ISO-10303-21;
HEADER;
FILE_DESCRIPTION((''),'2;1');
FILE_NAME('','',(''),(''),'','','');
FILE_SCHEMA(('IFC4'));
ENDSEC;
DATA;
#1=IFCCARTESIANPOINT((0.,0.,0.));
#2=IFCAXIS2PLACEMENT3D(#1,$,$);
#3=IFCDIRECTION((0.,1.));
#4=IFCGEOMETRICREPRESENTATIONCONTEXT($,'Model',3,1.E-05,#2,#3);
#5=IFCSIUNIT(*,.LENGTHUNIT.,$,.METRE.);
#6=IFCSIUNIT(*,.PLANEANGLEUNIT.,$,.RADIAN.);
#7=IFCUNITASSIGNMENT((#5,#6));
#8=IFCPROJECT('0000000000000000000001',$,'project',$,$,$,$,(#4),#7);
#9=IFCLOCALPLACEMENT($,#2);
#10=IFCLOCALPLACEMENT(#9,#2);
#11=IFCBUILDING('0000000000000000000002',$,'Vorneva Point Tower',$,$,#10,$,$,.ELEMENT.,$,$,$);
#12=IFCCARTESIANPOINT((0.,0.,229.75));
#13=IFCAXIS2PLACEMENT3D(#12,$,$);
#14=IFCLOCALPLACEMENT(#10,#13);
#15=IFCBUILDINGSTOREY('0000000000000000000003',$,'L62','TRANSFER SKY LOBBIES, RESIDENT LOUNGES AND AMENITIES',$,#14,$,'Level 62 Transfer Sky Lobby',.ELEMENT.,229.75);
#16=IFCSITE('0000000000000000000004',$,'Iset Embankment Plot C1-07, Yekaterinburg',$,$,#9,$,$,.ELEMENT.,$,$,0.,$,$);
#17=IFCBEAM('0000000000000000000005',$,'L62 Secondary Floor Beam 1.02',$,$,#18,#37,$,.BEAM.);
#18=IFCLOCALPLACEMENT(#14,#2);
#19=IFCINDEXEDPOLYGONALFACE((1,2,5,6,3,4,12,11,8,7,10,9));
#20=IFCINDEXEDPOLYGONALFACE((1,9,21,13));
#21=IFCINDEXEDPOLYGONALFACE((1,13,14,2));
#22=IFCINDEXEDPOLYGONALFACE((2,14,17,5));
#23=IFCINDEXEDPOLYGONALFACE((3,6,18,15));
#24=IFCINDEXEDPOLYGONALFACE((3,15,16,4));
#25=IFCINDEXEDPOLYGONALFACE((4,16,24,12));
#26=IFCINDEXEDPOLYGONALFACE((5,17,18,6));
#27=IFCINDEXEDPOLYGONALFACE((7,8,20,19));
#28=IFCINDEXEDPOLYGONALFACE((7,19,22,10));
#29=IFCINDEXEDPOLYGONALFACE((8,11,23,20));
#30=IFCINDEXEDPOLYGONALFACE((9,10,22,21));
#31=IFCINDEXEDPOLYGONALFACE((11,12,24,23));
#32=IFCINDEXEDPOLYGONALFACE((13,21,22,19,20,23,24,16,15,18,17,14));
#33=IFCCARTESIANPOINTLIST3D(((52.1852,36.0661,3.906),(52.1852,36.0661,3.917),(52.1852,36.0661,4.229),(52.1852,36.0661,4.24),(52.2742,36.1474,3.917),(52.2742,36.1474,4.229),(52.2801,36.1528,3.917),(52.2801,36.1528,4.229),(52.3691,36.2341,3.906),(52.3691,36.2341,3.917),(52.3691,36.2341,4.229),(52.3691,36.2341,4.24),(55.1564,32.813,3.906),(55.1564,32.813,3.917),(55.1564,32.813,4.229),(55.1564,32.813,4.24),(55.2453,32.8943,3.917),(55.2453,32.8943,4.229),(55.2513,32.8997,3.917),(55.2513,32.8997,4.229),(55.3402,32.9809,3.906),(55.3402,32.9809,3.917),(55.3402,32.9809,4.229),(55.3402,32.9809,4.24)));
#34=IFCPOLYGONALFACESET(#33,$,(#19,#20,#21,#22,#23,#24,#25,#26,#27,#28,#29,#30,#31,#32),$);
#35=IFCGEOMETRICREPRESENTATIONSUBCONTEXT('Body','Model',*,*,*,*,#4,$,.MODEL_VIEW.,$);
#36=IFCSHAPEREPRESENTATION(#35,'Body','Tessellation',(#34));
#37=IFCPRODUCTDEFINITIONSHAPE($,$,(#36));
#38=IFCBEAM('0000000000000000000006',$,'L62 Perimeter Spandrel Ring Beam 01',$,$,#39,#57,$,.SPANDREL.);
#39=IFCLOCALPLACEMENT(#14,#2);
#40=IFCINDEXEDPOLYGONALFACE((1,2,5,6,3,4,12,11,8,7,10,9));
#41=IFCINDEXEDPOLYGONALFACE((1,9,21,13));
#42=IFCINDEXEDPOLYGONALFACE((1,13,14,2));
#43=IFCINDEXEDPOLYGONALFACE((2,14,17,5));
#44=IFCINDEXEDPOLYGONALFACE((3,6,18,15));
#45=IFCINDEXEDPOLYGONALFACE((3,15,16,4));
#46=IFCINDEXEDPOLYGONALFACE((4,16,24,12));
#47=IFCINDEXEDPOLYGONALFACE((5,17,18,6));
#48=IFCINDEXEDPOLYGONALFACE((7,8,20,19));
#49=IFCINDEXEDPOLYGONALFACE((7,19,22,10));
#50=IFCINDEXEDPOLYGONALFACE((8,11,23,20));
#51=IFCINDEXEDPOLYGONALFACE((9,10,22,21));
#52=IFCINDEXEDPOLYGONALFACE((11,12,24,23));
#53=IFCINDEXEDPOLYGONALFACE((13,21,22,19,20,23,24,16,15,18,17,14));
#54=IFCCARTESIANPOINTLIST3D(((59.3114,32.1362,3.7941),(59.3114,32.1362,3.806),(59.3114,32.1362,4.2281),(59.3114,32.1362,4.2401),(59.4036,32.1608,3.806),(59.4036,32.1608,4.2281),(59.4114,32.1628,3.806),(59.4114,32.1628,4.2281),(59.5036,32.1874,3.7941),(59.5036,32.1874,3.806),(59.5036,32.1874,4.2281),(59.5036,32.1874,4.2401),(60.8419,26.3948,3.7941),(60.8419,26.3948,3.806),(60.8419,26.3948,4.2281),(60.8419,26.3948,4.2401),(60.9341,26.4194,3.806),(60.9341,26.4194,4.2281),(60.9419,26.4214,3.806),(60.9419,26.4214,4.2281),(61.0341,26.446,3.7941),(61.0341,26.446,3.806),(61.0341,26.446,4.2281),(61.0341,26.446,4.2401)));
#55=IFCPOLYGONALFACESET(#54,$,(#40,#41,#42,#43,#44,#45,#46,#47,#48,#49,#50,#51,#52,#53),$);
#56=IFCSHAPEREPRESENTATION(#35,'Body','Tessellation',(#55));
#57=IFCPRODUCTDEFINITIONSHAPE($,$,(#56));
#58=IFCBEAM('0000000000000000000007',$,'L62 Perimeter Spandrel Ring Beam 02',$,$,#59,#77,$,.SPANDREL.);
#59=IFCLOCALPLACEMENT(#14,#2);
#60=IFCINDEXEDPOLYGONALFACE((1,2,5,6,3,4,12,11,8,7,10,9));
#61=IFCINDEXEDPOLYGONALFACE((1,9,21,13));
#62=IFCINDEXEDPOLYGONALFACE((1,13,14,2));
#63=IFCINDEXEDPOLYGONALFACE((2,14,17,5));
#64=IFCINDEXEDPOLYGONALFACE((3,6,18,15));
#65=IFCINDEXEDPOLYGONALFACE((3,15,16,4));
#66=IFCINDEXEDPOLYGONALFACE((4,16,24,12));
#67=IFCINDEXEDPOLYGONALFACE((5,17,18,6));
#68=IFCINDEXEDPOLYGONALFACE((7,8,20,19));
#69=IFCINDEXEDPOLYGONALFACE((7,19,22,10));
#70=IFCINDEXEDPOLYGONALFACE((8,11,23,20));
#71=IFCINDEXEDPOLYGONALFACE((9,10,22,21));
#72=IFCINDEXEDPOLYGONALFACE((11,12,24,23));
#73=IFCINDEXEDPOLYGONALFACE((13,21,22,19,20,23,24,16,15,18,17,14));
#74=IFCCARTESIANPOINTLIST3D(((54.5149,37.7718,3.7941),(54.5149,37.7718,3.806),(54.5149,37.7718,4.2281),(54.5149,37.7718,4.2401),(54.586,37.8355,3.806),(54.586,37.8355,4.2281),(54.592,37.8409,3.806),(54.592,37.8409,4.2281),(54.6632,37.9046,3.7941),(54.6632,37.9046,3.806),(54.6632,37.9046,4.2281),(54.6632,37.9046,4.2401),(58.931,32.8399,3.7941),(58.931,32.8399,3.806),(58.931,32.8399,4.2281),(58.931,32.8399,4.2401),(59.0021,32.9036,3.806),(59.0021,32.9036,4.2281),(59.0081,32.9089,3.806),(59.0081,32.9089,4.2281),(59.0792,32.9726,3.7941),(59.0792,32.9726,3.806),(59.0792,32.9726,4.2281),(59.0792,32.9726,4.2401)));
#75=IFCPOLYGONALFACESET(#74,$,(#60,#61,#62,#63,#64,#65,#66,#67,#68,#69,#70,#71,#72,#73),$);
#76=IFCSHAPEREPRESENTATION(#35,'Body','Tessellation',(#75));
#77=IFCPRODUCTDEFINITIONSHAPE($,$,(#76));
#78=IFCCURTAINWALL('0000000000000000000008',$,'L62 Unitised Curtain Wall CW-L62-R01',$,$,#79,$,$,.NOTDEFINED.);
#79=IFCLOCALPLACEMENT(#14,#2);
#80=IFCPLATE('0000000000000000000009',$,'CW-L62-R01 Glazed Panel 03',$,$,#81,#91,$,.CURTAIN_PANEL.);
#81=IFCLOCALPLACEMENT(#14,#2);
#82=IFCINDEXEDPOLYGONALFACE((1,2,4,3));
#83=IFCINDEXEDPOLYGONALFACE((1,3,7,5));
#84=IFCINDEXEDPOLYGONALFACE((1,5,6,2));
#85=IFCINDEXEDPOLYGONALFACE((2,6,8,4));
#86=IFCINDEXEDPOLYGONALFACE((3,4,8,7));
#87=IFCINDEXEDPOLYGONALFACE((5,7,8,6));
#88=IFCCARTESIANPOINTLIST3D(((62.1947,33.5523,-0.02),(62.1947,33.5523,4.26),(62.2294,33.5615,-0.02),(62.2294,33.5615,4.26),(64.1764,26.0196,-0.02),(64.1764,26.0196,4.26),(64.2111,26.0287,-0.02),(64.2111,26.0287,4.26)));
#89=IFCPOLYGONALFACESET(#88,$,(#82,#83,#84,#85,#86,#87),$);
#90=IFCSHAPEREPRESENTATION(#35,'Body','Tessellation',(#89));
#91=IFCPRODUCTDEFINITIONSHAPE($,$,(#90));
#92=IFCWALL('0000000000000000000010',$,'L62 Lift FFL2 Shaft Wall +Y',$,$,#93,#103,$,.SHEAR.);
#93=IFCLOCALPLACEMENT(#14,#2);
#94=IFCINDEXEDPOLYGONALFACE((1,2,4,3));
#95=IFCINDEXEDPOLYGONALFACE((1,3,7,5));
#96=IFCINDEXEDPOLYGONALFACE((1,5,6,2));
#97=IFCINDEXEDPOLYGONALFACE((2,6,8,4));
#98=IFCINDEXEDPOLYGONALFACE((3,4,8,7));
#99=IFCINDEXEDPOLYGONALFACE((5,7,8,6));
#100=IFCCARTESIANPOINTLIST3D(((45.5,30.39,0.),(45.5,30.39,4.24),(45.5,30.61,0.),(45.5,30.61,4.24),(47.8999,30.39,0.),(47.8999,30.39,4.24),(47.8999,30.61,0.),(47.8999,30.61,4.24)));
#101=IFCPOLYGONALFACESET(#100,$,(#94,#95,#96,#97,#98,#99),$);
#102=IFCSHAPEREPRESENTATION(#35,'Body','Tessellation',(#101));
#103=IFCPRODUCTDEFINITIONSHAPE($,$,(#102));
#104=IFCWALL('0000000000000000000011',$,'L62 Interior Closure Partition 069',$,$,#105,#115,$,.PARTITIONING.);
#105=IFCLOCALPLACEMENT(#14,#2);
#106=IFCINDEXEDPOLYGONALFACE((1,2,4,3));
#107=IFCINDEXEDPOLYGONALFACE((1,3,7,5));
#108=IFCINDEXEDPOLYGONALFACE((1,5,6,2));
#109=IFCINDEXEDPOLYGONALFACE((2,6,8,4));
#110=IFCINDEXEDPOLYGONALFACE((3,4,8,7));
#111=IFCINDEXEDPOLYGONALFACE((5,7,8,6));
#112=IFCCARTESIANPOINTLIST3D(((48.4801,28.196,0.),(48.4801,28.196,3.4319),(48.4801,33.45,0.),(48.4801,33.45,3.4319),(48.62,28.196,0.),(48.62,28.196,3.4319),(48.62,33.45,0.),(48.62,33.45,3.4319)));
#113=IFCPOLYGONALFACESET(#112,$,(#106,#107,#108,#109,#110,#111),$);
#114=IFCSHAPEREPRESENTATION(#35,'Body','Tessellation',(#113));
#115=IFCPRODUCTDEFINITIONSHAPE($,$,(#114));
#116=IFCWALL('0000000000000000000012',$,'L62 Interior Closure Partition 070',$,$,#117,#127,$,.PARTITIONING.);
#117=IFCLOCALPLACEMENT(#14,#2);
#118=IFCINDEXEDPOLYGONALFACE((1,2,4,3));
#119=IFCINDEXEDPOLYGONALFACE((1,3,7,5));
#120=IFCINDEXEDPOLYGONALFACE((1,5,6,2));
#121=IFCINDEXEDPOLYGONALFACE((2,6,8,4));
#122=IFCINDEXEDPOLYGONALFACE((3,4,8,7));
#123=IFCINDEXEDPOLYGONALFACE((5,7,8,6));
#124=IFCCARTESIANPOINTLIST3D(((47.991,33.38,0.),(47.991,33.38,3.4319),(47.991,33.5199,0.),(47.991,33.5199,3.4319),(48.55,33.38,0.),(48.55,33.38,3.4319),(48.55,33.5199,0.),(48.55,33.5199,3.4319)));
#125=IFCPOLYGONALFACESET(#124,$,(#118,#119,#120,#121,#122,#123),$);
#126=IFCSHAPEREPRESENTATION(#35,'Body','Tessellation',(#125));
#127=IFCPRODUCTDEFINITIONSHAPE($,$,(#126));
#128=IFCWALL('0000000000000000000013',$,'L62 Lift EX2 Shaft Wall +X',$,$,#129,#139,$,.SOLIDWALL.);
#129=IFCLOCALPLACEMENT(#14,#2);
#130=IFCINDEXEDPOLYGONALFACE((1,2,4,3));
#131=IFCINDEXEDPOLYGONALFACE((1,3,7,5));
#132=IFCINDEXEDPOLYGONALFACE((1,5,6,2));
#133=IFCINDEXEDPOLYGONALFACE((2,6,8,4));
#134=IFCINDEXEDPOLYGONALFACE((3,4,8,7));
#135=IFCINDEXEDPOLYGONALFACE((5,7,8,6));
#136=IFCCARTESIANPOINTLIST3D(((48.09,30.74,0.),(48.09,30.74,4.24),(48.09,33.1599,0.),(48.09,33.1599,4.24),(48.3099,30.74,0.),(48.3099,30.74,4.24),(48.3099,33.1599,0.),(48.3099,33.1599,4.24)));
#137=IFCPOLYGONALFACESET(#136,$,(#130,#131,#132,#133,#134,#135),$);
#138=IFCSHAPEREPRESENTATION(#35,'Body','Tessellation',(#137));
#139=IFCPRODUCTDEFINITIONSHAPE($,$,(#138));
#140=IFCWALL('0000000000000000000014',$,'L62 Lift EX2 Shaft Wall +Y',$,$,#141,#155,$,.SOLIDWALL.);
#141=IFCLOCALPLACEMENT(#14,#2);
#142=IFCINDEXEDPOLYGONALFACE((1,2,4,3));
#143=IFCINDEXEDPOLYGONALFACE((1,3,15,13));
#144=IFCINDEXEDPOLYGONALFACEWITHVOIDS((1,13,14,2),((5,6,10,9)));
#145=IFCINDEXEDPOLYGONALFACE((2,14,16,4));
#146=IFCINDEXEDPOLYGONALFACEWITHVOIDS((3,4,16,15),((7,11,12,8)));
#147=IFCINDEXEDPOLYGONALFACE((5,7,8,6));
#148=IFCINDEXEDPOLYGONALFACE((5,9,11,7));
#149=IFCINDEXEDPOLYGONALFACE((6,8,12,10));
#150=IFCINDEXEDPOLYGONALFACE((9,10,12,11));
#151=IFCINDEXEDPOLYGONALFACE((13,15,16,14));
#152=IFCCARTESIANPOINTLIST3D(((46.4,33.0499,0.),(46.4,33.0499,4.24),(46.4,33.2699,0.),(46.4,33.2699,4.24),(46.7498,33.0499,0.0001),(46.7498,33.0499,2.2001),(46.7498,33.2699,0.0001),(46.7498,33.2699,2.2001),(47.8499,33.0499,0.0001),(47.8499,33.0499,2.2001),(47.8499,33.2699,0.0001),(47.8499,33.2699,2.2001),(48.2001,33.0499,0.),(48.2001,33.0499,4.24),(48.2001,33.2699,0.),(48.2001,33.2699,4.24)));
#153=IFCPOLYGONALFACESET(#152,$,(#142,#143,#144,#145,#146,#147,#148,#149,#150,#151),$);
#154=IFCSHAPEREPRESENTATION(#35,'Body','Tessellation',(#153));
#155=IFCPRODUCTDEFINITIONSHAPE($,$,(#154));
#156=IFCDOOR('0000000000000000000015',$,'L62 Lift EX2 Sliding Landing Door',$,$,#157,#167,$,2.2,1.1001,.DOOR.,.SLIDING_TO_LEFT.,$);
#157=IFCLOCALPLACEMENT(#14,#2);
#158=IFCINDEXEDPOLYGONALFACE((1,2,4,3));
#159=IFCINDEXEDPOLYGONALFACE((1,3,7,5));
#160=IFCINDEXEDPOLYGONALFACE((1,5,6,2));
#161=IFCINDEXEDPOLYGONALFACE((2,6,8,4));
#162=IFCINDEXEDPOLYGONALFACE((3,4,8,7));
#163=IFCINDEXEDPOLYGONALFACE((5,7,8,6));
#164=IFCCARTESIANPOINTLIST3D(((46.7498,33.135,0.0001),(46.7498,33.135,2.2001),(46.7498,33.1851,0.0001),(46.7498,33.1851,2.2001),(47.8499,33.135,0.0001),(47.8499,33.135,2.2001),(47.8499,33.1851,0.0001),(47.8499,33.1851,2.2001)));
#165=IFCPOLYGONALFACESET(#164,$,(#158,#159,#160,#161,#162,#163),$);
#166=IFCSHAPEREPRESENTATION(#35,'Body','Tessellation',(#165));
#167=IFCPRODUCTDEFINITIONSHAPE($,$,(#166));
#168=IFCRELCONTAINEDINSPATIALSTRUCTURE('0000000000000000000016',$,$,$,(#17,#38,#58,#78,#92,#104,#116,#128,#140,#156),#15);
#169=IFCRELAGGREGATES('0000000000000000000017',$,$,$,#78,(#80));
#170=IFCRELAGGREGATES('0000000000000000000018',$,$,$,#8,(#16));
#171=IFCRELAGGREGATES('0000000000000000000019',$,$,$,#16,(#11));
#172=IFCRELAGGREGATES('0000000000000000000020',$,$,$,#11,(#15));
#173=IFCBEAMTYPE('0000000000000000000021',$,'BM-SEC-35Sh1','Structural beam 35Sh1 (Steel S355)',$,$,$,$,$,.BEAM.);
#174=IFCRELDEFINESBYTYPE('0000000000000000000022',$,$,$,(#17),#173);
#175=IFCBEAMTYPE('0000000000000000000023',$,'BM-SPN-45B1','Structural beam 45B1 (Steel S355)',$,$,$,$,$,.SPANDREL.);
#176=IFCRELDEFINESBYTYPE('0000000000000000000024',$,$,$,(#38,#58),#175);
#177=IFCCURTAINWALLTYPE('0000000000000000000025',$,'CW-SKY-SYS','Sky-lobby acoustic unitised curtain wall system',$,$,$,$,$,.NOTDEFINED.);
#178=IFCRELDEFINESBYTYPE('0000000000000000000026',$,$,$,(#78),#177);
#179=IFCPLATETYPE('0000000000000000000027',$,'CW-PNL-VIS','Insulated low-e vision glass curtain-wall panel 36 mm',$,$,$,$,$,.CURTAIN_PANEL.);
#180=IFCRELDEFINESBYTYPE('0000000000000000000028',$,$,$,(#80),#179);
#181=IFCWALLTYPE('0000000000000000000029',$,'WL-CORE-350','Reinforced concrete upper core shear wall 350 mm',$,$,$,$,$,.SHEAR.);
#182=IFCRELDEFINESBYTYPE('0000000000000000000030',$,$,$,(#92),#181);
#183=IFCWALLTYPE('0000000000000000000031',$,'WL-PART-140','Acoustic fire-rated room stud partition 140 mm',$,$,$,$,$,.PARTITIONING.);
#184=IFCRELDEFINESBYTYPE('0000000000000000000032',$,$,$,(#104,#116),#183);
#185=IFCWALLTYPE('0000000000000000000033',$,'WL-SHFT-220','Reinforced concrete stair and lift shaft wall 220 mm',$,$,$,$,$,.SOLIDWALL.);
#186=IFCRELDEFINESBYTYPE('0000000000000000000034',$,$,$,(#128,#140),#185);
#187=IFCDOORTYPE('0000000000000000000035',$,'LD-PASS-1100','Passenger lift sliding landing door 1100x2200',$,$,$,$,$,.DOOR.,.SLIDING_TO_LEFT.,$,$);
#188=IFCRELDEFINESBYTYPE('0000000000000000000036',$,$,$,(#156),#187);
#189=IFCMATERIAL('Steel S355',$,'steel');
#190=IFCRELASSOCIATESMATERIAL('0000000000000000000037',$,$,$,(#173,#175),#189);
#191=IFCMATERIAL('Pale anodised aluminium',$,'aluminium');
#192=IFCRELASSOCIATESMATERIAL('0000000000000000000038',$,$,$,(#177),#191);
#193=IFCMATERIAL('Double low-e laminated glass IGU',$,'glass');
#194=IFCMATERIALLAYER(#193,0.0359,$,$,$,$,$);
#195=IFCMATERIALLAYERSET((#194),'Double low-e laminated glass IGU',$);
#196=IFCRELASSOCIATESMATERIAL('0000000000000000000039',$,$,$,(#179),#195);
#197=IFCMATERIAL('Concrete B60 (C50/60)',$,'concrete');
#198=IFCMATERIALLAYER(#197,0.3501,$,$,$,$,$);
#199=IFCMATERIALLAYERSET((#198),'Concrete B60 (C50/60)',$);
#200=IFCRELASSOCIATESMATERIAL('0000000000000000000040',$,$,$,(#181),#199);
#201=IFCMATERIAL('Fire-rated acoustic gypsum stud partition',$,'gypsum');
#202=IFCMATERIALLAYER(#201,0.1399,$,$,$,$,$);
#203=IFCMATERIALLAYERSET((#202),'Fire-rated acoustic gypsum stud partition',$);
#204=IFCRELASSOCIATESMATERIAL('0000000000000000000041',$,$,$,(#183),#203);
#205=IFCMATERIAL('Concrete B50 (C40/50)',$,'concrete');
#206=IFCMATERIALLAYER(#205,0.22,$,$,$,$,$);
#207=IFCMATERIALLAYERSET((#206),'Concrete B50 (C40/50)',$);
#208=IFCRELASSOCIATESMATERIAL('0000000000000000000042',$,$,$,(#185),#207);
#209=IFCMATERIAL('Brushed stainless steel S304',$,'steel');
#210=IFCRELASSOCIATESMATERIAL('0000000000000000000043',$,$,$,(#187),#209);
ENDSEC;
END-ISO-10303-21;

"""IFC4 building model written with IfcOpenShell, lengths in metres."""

from ifc_helpers import new_model, si_unit, direction, frame, frame_2d, origin, origin_2d, place, context, subcontext, project, spatial, rectangle, i_section, extrude, material, layer, layer_set, material_profile, profile_set, type_object, element, fill, aggregate, save


model = new_model("IFC4")

# Units and contexts
model_context = context("Model", 3, precision=1e-05, world=origin(), true_north=direction((0.0, 1.0)))
body_context = subcontext(model_context, "Body", "Model", "MODEL_VIEW")
ifc_project = project(units=[si_unit("LENGTHUNIT", "METRE"), si_unit("PLANEANGLEUNIT", "RADIAN")], contexts=[model_context])

# Site, building, storey
site_placement = place(None, origin())
site = spatial("IfcSite", under=ifc_project, at=site_placement, Name="Iset Embankment Plot C1-07, Yekaterinburg", CompositionType="ELEMENT", RefElevation=0.0)
building_placement = place(site_placement, origin())
building = spatial("IfcBuilding", under=site, at=building_placement, Name="Vorneva Point Tower", CompositionType="ELEMENT")
storey_placement = place(building_placement, frame((0.0, 0.0, 229.75)))
storey = spatial("IfcBuildingStorey", under=building, at=storey_placement, Name="L62", Description="TRANSFER SKY LOBBIES, RESIDENT LOUNGES AND AMENITIES", LongName="Level 62 Transfer Sky Lobby", CompositionType="ELEMENT", Elevation=229.75)

# Shared definitions
ifc_material_1 = material(Name="Concrete B50 (C40/50)", Category="concrete")

# Beams
ifc_material_2 = material(Name="Steel S355", Category="steel")
ifc_material_profile_1 = material_profile(ifc_material_2, i_section(OverallWidth=0.249, OverallDepth=0.334, WebThickness=0.0081, FlangeThickness=0.011, at=origin_2d()), Name="35Sh1")
ifc_profile_set_1 = profile_set([ifc_material_profile_1], Name="Steel S355")
beam_type_1 = type_object("IfcBeamType", Name="BM-SEC-35Sh1", Description="Structural beam 35Sh1 (Steel S355)", PredefinedType="BEAM", material=ifc_profile_set_1)
beam_1_placement = place(storey_placement, frame((55.2483, 32.897, 4.073), z_axis=(-0.674381, 0.738384, 0.0), x_axis=(-0.738384, -0.674381, 0.0)))
element("IfcBeam", 1, at=beam_1_placement, inside=storey, type_object=beam_type_1, Name="L62 Secondary Floor Beam 1.02", PredefinedType="BEAM", context=body_context, shape_type="SweptSolid", body=[
    extrude(i_section(OverallWidth=0.249, OverallDepth=0.334, WebThickness=0.0081, FlangeThickness=0.011, at=origin_2d()), origin(), (0.0, 0.0, 1.0), 4.4058),
])
ifc_material_profile_2 = material_profile(ifc_material_2, i_section(OverallWidth=0.199, OverallDepth=0.446, WebThickness=0.0081, FlangeThickness=0.012, at=origin_2d()), Name="45B1")
ifc_profile_set_2 = profile_set([ifc_material_profile_2], Name="Steel S355")
beam_type_2 = type_object("IfcBeamType", Name="BM-SPN-45B1", Description="Structural beam 45B1 (Steel S355)", PredefinedType="SPANDREL", material=ifc_profile_set_2)
beam_2_placement = place(storey_placement, frame((60.938, 26.4204, 4.0171), z_axis=(-0.257578, 0.966257, 0.0), x_axis=(-0.966257, -0.257578, 0.0)))
element("IfcBeam", 2, at=beam_2_placement, inside=storey, type_object=beam_type_2, Name="L62 Perimeter Spandrel Ring Beam 01", PredefinedType="SPANDREL", context=body_context, shape_type="SweptSolid", body=[
    extrude(i_section(OverallWidth=0.199, OverallDepth=0.446, WebThickness=0.0081, FlangeThickness=0.012, at=origin_2d()), origin(), (0.0, 0.0, 1.0), 5.9419),
])
beam_3_placement = place(storey_placement, frame((59.0051, 32.9062, 4.0171), z_axis=(-0.66707, 0.744995, 0.0), x_axis=(-0.744995, -0.66707, 0.0)))
element("IfcBeam", 3, at=beam_3_placement, inside=storey, type_object=beam_type_2, Name="L62 Perimeter Spandrel Ring Beam 02", PredefinedType="SPANDREL", context=body_context, shape_type="SweptSolid", body=[
    extrude(i_section(OverallWidth=0.199, OverallDepth=0.446, WebThickness=0.0081, FlangeThickness=0.012, at=origin_2d()), origin(), (0.0, 0.0, 1.0), 6.6201),
])

# Curtain wall, plate
ifc_material_3 = material(Name="Pale anodised aluminium", Category="aluminium")
curtain_wall_type = type_object("IfcCurtainWallType", Name="CW-SKY-SYS", Description="Sky-lobby acoustic unitised curtain wall system", PredefinedType="NOTDEFINED", material=ifc_material_3)
curtain_wall_placement = place(storey_placement, origin())
curtain_wall = element("IfcCurtainWall", 4, at=curtain_wall_placement, inside=storey, type_object=curtain_wall_type, Name="L62 Unitised Curtain Wall CW-L62-R01", PredefinedType="NOTDEFINED")
ifc_material_4 = material(Name="Double low-e laminated glass IGU", Category="glass")
ifc_layer_1 = layer(ifc_material_4, 0.0359)
ifc_layer_set_1 = layer_set([ifc_layer_1], Name="Double low-e laminated glass IGU")
plate_type = type_object("IfcPlateType", Name="CW-PNL-VIS", Description="Insulated low-e vision glass curtain-wall panel 36 mm", PredefinedType="CURTAIN_PANEL", material=ifc_layer_set_1)
plate_placement = place(storey_placement, frame((63.2029, 29.7905, -0.02), z_axis=(0.0, 0.0, 1.0), x_axis=(-0.254416, 0.967095, 0.0)))
plate = element("IfcPlate", 5, at=plate_placement, type_object=plate_type, Name="CW-L62-R01 Glazed Panel 03", PredefinedType="CURTAIN_PANEL", context=body_context, shape_type="SweptSolid", body=[
    extrude(rectangle(XDim=7.7891, YDim=0.0359, at=origin_2d()), origin(), (0.0, 0.0, 1.0), 4.28),
])
aggregate(curtain_wall, [plate])

# Walls
ifc_material_5 = material(Name="Concrete B60 (C50/60)", Category="concrete")
ifc_layer_2 = layer(ifc_material_5, 0.3501)
ifc_layer_set_2 = layer_set([ifc_layer_2], Name="Concrete B60 (C50/60)")
wall_type_1 = type_object("IfcWallType", Name="WL-CORE-350", Description="Reinforced concrete upper core shear wall 350 mm", PredefinedType="SHEAR", material=ifc_layer_set_2)
wall_1_placement = place(storey_placement, frame((47.8999, 30.5, 0.0), z_axis=(0.0, 0.0, 1.0), x_axis=(-1.0, 0.0, 0.0)))
element("IfcWall", 6, at=wall_1_placement, inside=storey, type_object=wall_type_1, Name="L62 Lift FFL2 Shaft Wall +Y", PredefinedType="SHEAR", context=body_context, shape_type="SweptSolid", body=[
    extrude(rectangle(XDim=2.3999, YDim=0.22, at=frame_2d((1.2, 0.0))), origin(), (0.0, 0.0, 1.0), 4.24),
])
ifc_material_6 = material(Name="Fire-rated acoustic gypsum stud partition", Category="gypsum")
ifc_layer_3 = layer(ifc_material_6, 0.1399)
ifc_layer_set_3 = layer_set([ifc_layer_3], Name="Fire-rated acoustic gypsum stud partition")
wall_type_2 = type_object("IfcWallType", Name="WL-PART-140", Description="Acoustic fire-rated room stud partition 140 mm", PredefinedType="PARTITIONING", material=ifc_layer_set_3)
wall_2_placement = place(storey_placement, frame((48.55, 28.196, 0.0), z_axis=(0.0, 0.0, 1.0), x_axis=(0.0, 1.0, 0.0)))
element("IfcWall", 7, at=wall_2_placement, inside=storey, type_object=wall_type_2, Name="L62 Interior Closure Partition 069", PredefinedType="PARTITIONING", context=body_context, shape_type="SweptSolid", body=[
    extrude(rectangle(XDim=5.2539, YDim=0.1399, at=frame_2d((2.627, 0.0))), origin(), (0.0, 0.0, 1.0), 3.4319),
])
wall_3_placement = place(storey_placement, frame((48.55, 33.45, 0.0), z_axis=(0.0, 0.0, 1.0), x_axis=(-1.0, 0.0, 0.0)))
element("IfcWall", 8, at=wall_3_placement, inside=storey, type_object=wall_type_2, Name="L62 Interior Closure Partition 070", PredefinedType="PARTITIONING", context=body_context, shape_type="SweptSolid", body=[
    extrude(rectangle(XDim=0.5591, YDim=0.1399, at=frame_2d((0.2795, 0.0))), origin(), (0.0, 0.0, 1.0), 3.4319),
])
ifc_layer_4 = layer(ifc_material_1, 0.22)
ifc_layer_set_4 = layer_set([ifc_layer_4], Name="Concrete B50 (C40/50)")
wall_type_3 = type_object("IfcWallType", Name="WL-SHFT-220", Description="Reinforced concrete stair and lift shaft wall 220 mm", PredefinedType="SOLIDWALL", material=ifc_layer_set_4)
wall_4_placement = place(storey_placement, frame((48.2, 30.74, 0.0), z_axis=(0.0, 0.0, 1.0), x_axis=(0.0, 1.0, 0.0)))
element("IfcWall", 9, at=wall_4_placement, inside=storey, type_object=wall_type_3, Name="L62 Lift EX2 Shaft Wall +X", PredefinedType="SOLIDWALL", context=body_context, shape_type="SweptSolid", body=[
    extrude(rectangle(XDim=2.4199, YDim=0.22, at=frame_2d((1.21, 0.0))), origin(), (0.0, 0.0, 1.0), 4.24),
])

# Wall, opening, door
wall_5_placement = place(storey_placement, frame((48.2, 33.1599, 0.0), z_axis=(0.0, 0.0, 1.0), x_axis=(-1.0, 0.0, 0.0)))
wall_5 = element("IfcWall", 10, at=wall_5_placement, inside=storey, type_object=wall_type_3, Name="L62 Lift EX2 Shaft Wall +Y", PredefinedType="SOLIDWALL", context=body_context, shape_type="SweptSolid", body=[
    extrude(rectangle(XDim=1.8, YDim=0.22, at=frame_2d((0.8999, 0.0))), origin(), (0.0, 0.0, 1.0), 4.24),
])
opening_placement = place(wall_5_placement, frame((0.3501, 0.0, 0.0)))
opening = element("IfcOpeningElement", 11, at=opening_placement, cuts=wall_5, PredefinedType="OPENING", context=body_context, shape_type="SweptSolid", body=[
    extrude(rectangle(XDim=1.1001, YDim=2.2, at=frame_2d((0.55, 1.1001))), frame((0.0, 0.125, 0.0), z_axis=(0.0, -1.0, 0.0), x_axis=(1.0, 0.0, 0.0)), (0.0, 0.0, 1.0), 0.2498),
])
ifc_material_7 = material(Name="Brushed stainless steel S304", Category="steel")
door_type = type_object("IfcDoorType", Name="LD-PASS-1100", Description="Passenger lift sliding landing door 1100x2200", OperationType="SLIDING_TO_LEFT", PredefinedType="DOOR", material=ifc_material_7)
door_placement = place(opening_placement, origin())
door = element("IfcDoor", 12, at=door_placement, inside=storey, type_object=door_type, Name="L62 Lift EX2 Sliding Landing Door", OperationType="SLIDING_TO_LEFT", OverallHeight=2.2, OverallWidth=1.1001, PredefinedType="DOOR", context=body_context, shape_type="SweptSolid", body=[
    extrude(rectangle(XDim=1.1001, YDim=2.2, at=frame_2d((0.55, 1.1001))), frame((0.0, 0.0249, 0.0), z_axis=(0.0, -1.0, 0.0), x_axis=(1.0, 0.0, 0.0)), (0.0, 0.0, 1.0), 0.05),
])
fill(opening, door)

save(model, "model.ifc")
